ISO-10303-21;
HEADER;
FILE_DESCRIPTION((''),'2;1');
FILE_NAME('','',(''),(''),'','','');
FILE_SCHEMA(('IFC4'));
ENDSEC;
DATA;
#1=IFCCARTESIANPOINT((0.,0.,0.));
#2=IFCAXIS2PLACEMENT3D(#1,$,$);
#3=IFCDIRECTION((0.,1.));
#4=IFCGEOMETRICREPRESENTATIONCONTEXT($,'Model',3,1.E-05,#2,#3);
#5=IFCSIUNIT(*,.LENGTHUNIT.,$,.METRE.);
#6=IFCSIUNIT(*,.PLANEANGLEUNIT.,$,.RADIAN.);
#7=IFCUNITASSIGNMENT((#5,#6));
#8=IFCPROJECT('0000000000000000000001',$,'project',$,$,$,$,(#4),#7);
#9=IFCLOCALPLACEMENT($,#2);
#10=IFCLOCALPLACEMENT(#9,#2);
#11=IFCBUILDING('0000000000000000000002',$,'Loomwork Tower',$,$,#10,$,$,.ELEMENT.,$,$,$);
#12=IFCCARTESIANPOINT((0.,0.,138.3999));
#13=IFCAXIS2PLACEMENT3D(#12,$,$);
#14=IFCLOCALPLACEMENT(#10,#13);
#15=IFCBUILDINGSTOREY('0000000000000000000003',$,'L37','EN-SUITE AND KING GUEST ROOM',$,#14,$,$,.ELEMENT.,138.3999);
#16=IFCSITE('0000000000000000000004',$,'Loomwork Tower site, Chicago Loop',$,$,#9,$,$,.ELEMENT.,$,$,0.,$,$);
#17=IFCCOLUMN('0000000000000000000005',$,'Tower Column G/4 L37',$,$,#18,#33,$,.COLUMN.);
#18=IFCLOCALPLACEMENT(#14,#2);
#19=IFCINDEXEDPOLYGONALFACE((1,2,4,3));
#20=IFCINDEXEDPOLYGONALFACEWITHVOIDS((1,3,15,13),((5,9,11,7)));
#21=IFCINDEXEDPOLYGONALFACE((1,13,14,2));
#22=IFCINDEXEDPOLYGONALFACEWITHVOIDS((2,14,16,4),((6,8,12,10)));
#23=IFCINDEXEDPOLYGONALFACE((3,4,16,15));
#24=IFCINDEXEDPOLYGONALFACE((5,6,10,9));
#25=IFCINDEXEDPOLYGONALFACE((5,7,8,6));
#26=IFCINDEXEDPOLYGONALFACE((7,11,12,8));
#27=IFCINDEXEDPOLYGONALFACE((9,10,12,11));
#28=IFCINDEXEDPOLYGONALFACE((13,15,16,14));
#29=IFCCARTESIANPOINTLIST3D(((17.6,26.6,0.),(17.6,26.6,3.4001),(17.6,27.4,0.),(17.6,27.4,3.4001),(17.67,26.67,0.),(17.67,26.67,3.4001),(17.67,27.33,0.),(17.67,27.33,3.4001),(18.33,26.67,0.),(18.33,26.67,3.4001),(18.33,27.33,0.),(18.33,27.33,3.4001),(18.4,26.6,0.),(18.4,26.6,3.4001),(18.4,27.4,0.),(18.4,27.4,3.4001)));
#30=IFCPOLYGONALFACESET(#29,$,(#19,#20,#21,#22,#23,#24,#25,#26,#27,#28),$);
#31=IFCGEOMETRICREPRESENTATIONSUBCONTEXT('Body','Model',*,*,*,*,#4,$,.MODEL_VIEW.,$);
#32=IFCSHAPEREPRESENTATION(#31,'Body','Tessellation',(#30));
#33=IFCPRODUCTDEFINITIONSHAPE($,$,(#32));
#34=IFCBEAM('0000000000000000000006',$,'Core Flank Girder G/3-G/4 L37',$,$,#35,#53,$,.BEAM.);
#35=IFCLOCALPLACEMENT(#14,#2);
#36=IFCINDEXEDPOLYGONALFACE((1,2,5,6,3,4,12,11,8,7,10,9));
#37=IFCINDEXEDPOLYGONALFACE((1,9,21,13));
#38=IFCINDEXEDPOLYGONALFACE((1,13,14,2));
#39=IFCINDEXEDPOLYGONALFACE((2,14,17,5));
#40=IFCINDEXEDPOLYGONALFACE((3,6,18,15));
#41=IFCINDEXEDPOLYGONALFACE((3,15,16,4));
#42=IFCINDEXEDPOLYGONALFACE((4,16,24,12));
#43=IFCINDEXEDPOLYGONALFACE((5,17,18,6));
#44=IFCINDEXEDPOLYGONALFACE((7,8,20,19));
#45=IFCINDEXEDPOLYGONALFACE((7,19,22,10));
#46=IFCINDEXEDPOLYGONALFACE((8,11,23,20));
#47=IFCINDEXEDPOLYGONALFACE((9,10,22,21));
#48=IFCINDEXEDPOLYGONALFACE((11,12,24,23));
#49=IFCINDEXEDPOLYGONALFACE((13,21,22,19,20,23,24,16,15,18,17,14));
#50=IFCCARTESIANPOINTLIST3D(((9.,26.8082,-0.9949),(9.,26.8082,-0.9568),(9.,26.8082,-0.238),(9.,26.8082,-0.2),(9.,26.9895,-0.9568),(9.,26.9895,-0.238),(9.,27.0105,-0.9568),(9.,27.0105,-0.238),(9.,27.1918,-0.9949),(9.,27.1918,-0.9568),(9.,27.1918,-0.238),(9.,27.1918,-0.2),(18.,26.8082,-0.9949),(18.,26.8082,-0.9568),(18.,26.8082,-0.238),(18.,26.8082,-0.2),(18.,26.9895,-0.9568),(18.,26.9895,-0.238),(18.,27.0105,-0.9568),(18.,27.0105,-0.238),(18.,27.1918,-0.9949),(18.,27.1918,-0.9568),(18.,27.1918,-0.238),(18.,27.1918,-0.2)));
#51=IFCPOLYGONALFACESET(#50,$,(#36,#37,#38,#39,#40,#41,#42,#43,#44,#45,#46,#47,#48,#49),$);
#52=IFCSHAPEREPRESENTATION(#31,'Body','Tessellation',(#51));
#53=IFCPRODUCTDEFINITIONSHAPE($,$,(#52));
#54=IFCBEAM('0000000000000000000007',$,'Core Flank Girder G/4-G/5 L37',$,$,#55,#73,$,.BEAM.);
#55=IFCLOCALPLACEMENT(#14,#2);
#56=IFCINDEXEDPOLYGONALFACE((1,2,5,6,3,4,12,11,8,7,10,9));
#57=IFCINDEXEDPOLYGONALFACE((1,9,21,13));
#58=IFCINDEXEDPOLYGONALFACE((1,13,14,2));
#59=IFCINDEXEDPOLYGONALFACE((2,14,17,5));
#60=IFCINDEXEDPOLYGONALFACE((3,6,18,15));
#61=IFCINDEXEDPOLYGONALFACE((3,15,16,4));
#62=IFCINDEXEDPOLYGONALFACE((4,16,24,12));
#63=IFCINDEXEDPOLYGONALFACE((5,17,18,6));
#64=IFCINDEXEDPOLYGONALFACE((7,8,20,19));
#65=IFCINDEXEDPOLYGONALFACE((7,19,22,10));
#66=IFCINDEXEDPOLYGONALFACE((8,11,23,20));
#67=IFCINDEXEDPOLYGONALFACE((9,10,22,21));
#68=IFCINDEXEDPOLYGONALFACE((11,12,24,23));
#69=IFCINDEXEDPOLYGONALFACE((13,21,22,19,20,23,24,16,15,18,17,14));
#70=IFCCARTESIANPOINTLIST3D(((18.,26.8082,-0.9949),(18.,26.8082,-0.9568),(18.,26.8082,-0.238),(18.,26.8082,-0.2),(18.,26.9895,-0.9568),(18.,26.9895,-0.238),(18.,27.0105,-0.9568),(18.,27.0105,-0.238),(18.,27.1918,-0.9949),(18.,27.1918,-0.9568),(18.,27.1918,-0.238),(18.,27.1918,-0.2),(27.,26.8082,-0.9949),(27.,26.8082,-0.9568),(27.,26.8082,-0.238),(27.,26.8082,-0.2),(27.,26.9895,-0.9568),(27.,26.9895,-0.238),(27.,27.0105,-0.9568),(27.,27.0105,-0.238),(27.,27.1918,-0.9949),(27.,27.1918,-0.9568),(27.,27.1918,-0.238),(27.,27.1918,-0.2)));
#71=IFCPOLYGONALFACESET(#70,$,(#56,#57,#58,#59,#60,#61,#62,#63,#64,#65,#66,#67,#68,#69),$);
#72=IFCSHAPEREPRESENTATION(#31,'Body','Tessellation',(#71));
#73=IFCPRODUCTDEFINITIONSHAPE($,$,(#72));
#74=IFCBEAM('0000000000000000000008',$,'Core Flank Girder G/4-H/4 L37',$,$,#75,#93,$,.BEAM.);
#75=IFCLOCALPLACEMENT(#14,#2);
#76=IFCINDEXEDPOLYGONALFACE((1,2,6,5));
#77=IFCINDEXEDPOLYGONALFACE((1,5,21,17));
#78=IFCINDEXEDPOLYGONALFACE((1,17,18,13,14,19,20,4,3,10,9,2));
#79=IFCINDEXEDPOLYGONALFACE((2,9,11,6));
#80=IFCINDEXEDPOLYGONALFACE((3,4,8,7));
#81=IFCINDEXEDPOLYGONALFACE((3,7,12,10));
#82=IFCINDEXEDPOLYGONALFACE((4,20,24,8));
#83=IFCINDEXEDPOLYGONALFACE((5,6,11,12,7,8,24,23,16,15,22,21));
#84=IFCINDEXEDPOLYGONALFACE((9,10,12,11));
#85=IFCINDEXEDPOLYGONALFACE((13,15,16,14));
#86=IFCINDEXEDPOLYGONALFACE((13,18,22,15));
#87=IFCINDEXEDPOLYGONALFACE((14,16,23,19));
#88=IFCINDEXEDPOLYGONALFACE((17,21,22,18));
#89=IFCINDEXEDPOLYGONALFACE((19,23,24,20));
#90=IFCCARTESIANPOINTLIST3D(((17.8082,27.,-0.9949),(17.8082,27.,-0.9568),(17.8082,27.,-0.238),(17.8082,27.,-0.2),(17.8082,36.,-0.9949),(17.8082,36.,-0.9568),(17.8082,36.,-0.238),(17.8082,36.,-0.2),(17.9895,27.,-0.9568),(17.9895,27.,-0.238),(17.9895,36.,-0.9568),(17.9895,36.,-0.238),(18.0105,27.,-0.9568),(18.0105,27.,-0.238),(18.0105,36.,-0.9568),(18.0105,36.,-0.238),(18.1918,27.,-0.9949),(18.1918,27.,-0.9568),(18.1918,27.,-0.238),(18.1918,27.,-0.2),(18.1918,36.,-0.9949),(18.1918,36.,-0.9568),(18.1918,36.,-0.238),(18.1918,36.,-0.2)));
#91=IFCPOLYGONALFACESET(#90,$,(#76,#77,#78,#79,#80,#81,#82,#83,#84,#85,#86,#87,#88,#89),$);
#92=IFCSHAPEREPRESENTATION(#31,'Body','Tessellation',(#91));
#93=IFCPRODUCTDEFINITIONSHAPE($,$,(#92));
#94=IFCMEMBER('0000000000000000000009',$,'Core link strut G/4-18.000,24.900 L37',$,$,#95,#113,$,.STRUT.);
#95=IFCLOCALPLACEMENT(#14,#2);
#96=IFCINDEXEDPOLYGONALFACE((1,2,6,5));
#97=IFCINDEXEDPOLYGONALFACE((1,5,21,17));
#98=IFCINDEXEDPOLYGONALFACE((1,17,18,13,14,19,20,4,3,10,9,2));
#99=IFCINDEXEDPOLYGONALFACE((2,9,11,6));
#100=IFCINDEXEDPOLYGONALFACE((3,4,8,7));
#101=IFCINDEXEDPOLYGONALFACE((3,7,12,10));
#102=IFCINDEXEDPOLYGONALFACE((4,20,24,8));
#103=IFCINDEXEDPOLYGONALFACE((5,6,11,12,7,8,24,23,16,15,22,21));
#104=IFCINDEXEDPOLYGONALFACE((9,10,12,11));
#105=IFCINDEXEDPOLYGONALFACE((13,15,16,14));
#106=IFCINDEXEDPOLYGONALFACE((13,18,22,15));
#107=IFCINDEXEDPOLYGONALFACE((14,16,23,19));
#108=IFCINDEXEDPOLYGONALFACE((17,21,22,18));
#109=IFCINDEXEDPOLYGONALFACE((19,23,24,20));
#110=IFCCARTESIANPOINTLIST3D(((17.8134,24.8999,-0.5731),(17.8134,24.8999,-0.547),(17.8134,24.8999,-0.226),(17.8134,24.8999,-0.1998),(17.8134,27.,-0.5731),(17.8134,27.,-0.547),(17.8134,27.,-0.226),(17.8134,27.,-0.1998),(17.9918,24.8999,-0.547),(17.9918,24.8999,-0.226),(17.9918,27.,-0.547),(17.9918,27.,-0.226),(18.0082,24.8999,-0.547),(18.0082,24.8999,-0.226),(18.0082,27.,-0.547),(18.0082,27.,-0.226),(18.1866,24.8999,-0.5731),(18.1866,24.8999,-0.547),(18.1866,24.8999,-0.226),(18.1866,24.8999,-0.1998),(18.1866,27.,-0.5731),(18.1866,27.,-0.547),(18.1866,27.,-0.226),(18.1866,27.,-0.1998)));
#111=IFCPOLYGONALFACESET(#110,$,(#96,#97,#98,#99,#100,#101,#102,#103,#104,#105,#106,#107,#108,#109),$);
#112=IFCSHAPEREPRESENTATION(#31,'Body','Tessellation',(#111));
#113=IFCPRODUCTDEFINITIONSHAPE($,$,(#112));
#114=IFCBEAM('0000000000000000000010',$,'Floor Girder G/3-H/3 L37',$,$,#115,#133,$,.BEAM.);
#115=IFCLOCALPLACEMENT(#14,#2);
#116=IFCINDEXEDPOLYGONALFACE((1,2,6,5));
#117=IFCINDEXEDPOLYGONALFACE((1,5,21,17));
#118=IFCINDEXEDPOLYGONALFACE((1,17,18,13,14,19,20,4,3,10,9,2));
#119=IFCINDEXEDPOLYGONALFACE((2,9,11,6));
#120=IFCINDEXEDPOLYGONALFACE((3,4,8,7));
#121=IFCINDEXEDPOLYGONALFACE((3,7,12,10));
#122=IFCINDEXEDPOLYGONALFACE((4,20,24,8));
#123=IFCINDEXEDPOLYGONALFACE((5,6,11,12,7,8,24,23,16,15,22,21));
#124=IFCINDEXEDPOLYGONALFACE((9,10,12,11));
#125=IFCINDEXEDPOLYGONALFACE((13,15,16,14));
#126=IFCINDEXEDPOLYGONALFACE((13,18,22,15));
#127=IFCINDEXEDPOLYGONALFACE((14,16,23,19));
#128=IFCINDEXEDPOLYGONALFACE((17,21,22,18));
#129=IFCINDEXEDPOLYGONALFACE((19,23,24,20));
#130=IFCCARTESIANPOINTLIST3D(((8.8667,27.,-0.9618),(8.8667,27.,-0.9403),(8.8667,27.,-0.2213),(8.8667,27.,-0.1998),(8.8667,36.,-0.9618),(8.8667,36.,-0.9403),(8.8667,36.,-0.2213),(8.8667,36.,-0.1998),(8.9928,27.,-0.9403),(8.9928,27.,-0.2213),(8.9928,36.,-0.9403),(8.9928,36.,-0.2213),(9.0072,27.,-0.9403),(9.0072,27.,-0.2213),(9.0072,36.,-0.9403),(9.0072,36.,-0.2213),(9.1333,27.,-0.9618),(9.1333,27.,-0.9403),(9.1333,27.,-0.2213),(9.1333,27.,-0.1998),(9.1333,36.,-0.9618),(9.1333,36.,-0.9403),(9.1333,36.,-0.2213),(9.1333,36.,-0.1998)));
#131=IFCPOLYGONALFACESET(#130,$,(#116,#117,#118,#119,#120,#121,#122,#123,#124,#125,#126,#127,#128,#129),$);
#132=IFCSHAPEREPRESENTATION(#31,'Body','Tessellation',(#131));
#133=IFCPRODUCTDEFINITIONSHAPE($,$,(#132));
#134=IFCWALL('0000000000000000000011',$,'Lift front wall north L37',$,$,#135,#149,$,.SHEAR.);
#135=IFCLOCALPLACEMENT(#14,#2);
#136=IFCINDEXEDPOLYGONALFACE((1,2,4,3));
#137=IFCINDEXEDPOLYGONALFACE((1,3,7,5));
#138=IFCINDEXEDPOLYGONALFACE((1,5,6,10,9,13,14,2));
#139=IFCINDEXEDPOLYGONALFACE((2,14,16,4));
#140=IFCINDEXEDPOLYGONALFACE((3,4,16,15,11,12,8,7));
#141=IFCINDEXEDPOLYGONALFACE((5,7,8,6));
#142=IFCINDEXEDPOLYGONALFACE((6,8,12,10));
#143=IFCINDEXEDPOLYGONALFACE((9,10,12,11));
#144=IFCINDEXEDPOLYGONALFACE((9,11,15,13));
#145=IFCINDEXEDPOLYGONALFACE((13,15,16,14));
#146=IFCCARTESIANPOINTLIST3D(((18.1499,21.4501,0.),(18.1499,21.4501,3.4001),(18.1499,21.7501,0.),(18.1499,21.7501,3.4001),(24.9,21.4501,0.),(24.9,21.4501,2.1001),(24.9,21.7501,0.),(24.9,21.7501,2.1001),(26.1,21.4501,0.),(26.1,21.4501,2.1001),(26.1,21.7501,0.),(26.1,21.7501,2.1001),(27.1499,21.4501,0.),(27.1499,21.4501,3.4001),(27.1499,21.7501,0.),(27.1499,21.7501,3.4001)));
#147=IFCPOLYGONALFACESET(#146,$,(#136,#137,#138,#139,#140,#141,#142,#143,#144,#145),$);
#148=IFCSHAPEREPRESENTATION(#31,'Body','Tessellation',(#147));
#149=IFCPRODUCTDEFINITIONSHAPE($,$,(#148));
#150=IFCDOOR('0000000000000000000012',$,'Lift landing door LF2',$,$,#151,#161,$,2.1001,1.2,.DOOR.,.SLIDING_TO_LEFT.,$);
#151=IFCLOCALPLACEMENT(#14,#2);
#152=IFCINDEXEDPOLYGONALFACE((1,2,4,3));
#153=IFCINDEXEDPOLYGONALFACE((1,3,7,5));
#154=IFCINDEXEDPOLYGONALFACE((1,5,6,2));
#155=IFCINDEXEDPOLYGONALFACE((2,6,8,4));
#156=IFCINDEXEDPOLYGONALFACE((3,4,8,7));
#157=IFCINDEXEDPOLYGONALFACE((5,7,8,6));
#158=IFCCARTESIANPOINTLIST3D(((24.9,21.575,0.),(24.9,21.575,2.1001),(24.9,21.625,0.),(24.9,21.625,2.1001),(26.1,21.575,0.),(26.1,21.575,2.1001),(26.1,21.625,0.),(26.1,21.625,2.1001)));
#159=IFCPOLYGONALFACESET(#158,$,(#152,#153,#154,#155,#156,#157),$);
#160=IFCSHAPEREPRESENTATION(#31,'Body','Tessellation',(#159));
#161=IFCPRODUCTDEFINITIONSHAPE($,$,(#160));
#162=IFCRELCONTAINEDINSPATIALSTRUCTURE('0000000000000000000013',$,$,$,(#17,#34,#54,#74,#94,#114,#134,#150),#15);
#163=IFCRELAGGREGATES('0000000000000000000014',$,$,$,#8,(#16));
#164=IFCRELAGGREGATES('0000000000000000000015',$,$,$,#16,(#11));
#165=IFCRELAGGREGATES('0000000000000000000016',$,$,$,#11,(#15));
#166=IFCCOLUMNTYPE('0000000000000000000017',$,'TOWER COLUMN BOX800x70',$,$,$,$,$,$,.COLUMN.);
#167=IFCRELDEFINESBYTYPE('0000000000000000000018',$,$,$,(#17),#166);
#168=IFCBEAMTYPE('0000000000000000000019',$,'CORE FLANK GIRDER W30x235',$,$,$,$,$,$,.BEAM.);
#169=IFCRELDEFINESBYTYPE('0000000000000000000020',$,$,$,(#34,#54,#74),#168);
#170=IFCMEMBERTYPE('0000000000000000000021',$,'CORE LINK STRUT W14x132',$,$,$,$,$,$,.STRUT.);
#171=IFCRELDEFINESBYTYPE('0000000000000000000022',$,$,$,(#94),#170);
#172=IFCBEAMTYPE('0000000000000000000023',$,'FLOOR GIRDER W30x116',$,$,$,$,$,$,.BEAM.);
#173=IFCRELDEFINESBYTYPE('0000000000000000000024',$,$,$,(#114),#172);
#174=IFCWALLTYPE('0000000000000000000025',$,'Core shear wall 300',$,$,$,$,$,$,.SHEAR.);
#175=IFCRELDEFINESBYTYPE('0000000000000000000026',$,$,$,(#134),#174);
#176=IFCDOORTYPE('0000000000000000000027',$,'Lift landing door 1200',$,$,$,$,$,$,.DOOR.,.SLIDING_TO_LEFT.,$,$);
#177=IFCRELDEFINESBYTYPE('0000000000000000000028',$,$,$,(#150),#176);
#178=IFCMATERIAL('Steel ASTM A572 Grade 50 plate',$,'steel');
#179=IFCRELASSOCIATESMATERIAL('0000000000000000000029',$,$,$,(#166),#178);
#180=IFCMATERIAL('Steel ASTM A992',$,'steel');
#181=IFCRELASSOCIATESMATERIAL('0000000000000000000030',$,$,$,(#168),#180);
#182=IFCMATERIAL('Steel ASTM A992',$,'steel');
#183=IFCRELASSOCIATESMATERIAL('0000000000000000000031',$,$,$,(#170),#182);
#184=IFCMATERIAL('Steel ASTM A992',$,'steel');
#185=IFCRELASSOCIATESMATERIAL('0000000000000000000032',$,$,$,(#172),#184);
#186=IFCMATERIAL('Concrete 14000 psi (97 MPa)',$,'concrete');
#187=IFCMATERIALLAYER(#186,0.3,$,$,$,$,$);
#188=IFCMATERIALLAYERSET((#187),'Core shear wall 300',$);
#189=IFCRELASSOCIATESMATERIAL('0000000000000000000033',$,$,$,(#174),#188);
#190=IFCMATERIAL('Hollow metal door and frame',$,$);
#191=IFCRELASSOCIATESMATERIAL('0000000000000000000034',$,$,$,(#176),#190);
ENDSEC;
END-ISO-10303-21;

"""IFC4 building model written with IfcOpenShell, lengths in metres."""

from ifc_helpers import new_model, si_unit, direction, frame, frame_2d, origin, origin_2d, place, context, subcontext, project, spatial, rectangle, hollow_rectangle, i_section, extrude, material, layer, layer_set, material_profile, profile_set, type_object, element, fill, save


model = new_model("IFC4")

# Units and contexts
model_context = context("Model", 3, precision=1e-05, world=origin(), true_north=direction((0.0, 1.0)))
body_context = subcontext(model_context, "Body", "Model", "MODEL_VIEW")
ifc_project = project(units=[si_unit("LENGTHUNIT", "METRE"), si_unit("PLANEANGLEUNIT", "RADIAN")], contexts=[model_context])

# Site, building, storey
site_placement = place(None, origin())
site = spatial("IfcSite", under=ifc_project, at=site_placement, Name="Loomwork Tower site, Chicago Loop", CompositionType="ELEMENT", RefElevation=0.0)
building_placement = place(site_placement, origin())
building = spatial("IfcBuilding", under=site, at=building_placement, Name="Loomwork Tower", CompositionType="ELEMENT")
storey_placement = place(building_placement, frame((0.0, 0.0, 138.3999)))
storey = spatial("IfcBuildingStorey", under=building, at=storey_placement, Name="L37", Description="EN-SUITE AND KING GUEST ROOM", CompositionType="ELEMENT", Elevation=138.3999)

# Column
ifc_material_1 = material(Name="Steel ASTM A572 Grade 50 plate", Category="steel")
ifc_material_profile_1 = material_profile(ifc_material_1, hollow_rectangle(XDim=0.8, YDim=0.8, WallThickness=0.0701, at=origin_2d()), Name="BOX800x70")
ifc_profile_set_1 = profile_set([ifc_material_profile_1], Name="Steel ASTM A572 Grade 50 plate")
column_type = type_object("IfcColumnType", Name="TOWER COLUMN BOX800x70", PredefinedType="COLUMN", material=ifc_profile_set_1)
column_placement = place(storey_placement, frame((18.0, 27.0, 0.0), z_axis=(0.0, 0.0, 1.0), x_axis=(1.0, 0.0, 0.0)))
element("IfcColumn", 1, at=column_placement, inside=storey, type_object=column_type, Name="Tower Column G/4 L37", PredefinedType="COLUMN", context=body_context, shape_type="SweptSolid", body=[
    extrude(hollow_rectangle(XDim=0.8, YDim=0.8, WallThickness=0.0701, at=origin_2d()), origin(), (0.0, 0.0, 1.0), 3.4001),
])

# Beams
ifc_material_2 = material(Name="Steel ASTM A992", Category="steel")
ifc_material_profile_2 = material_profile(ifc_material_2, i_section(OverallWidth=0.3835, OverallDepth=0.7949, WebThickness=0.021, FlangeThickness=0.0381, at=origin_2d()), Name="W30x235")
ifc_profile_set_2 = profile_set([ifc_material_profile_2], Name="Steel ASTM A992")
beam_type_1 = type_object("IfcBeamType", Name="CORE FLANK GIRDER W30x235", PredefinedType="BEAM", material=ifc_profile_set_2)
for number, where, z_axis, x_axis, name in (
    (2, (9.0, 27.0, -0.5974), (1.0, 0.0, 0.0), (0.0, 1.0, 0.0), "Core Flank Girder G/3-G/4 L37"),
    (3, (18.0, 27.0, -0.5974), (1.0, 0.0, 0.0), (0.0, 1.0, 0.0), "Core Flank Girder G/4-G/5 L37"),
    (4, (18.0, 27.0, -0.5974), (0.0, 1.0, 0.0), (-1.0, 0.0, 0.0), "Core Flank Girder G/4-H/4 L37"),
):
    element("IfcBeam", number, at=place(storey_placement, frame(where, z_axis=z_axis, x_axis=x_axis)), inside=storey, type_object=beam_type_1, Name=name, PredefinedType="BEAM", context=body_context, shape_type="SweptSolid", body=[
        extrude(i_section(OverallWidth=0.3835, OverallDepth=0.7949, WebThickness=0.021, FlangeThickness=0.0381, at=origin_2d()), origin(), (0.0, 0.0, 1.0), 9.0),
    ])

# Member
ifc_material_3 = material(Name="Steel ASTM A992", Category="steel")
ifc_material_profile_3 = material_profile(ifc_material_3, i_section(OverallWidth=0.3733, OverallDepth=0.3733, WebThickness=0.0164, FlangeThickness=0.0261, at=origin_2d()), Name="W14x132")
ifc_profile_set_3 = profile_set([ifc_material_profile_3], Name="Steel ASTM A992")
member_type = type_object("IfcMemberType", Name="CORE LINK STRUT W14x132", PredefinedType="STRUT", material=ifc_profile_set_3)
member_placement = place(storey_placement, frame((18.0, 27.0, -0.3865), z_axis=(0.0, -1.0, 0.0), x_axis=(1.0, 0.0, 0.0)))
element("IfcMember", 5, at=member_placement, inside=storey, type_object=member_type, Name="Core link strut G/4-18.000,24.900 L37", PredefinedType="STRUT", context=body_context, shape_type="SweptSolid", body=[
    extrude(i_section(OverallWidth=0.3733, OverallDepth=0.3733, WebThickness=0.0164, FlangeThickness=0.0261, at=origin_2d()), origin(), (0.0, 0.0, 1.0), 2.1001),
])

# Beam
ifc_material_4 = material(Name="Steel ASTM A992", Category="steel")
ifc_material_profile_4 = material_profile(ifc_material_4, i_section(OverallWidth=0.2666, OverallDepth=0.762, WebThickness=0.0144, FlangeThickness=0.0215, at=origin_2d()), Name="W30x116")
ifc_profile_set_4 = profile_set([ifc_material_profile_4], Name="Steel ASTM A992")
beam_type_2 = type_object("IfcBeamType", Name="FLOOR GIRDER W30x116", PredefinedType="BEAM", material=ifc_profile_set_4)
beam_placement = place(storey_placement, frame((9.0, 27.0, -0.5808), z_axis=(0.0, 1.0, 0.0), x_axis=(-1.0, 0.0, 0.0)))
element("IfcBeam", 6, at=beam_placement, inside=storey, type_object=beam_type_2, Name="Floor Girder G/3-H/3 L37", PredefinedType="BEAM", context=body_context, shape_type="SweptSolid", body=[
    extrude(i_section(OverallWidth=0.2666, OverallDepth=0.762, WebThickness=0.0144, FlangeThickness=0.0215, at=origin_2d()), origin(), (0.0, 0.0, 1.0), 9.0),
])

# Wall, opening, door
ifc_material_5 = material(Name="Concrete 14000 psi (97 MPa)", Category="concrete")
ifc_layer_1 = layer(ifc_material_5, 0.3)
ifc_layer_set_1 = layer_set([ifc_layer_1], Name="Core shear wall 300")
wall_type_1 = type_object("IfcWallType", Name="Core shear wall 300", PredefinedType="SHEAR", material=ifc_layer_set_1)
wall_1_placement = place(storey_placement, frame((18.1499, 21.6001, 0.0), z_axis=(0.0, 0.0, 1.0), x_axis=(1.0, 0.0, 0.0)))
wall_1 = element("IfcWall", 7, at=wall_1_placement, inside=storey, type_object=wall_type_1, Name="Lift front wall north L37", PredefinedType="SHEAR", context=body_context, shape_type="SweptSolid", body=[
    extrude(rectangle(XDim=9.0, YDim=0.3, at=frame_2d((4.5, 0.0))), origin(), (0.0, 0.0, 1.0), 3.4001),
])
opening_1_placement = place(wall_1_placement, frame((6.75, 0.0, 0.0)))
opening_1 = element("IfcOpeningElement", 8, at=opening_1_placement, cuts=wall_1, PredefinedType="OPENING", context=body_context, shape_type="SweptSolid", body=[
    extrude(rectangle(XDim=1.2, YDim=2.1001, at=frame_2d((0.6001, 1.05))), frame((0.0, 0.1599, 0.0), z_axis=(0.0, -1.0, 0.0), x_axis=(1.0, 0.0, 0.0)), (0.0, 0.0, 1.0), 0.3201),
])
ifc_material_6 = material(Name="Hollow metal door and frame")
door_type_1 = type_object("IfcDoorType", Name="Lift landing door 1200", OperationType="SLIDING_TO_LEFT", PredefinedType="DOOR", material=ifc_material_6)
door_1_placement = place(opening_1_placement, origin())
door_1 = element("IfcDoor", 9, at=door_1_placement, inside=storey, type_object=door_type_1, Name="Lift landing door LF2", OperationType="SLIDING_TO_LEFT", OverallHeight=2.1001, OverallWidth=1.2, PredefinedType="DOOR", context=body_context, shape_type="SweptSolid", body=[
    extrude(rectangle(XDim=1.2, YDim=2.1001, at=frame_2d((0.6001, 1.05))), frame((0.0, 0.0249, 0.0), z_axis=(0.0, -1.0, 0.0), x_axis=(1.0, 0.0, 0.0)), (0.0, 0.0, 1.0), 0.05),
])
fill(opening_1, door_1)

save(model, "model.ifc")
